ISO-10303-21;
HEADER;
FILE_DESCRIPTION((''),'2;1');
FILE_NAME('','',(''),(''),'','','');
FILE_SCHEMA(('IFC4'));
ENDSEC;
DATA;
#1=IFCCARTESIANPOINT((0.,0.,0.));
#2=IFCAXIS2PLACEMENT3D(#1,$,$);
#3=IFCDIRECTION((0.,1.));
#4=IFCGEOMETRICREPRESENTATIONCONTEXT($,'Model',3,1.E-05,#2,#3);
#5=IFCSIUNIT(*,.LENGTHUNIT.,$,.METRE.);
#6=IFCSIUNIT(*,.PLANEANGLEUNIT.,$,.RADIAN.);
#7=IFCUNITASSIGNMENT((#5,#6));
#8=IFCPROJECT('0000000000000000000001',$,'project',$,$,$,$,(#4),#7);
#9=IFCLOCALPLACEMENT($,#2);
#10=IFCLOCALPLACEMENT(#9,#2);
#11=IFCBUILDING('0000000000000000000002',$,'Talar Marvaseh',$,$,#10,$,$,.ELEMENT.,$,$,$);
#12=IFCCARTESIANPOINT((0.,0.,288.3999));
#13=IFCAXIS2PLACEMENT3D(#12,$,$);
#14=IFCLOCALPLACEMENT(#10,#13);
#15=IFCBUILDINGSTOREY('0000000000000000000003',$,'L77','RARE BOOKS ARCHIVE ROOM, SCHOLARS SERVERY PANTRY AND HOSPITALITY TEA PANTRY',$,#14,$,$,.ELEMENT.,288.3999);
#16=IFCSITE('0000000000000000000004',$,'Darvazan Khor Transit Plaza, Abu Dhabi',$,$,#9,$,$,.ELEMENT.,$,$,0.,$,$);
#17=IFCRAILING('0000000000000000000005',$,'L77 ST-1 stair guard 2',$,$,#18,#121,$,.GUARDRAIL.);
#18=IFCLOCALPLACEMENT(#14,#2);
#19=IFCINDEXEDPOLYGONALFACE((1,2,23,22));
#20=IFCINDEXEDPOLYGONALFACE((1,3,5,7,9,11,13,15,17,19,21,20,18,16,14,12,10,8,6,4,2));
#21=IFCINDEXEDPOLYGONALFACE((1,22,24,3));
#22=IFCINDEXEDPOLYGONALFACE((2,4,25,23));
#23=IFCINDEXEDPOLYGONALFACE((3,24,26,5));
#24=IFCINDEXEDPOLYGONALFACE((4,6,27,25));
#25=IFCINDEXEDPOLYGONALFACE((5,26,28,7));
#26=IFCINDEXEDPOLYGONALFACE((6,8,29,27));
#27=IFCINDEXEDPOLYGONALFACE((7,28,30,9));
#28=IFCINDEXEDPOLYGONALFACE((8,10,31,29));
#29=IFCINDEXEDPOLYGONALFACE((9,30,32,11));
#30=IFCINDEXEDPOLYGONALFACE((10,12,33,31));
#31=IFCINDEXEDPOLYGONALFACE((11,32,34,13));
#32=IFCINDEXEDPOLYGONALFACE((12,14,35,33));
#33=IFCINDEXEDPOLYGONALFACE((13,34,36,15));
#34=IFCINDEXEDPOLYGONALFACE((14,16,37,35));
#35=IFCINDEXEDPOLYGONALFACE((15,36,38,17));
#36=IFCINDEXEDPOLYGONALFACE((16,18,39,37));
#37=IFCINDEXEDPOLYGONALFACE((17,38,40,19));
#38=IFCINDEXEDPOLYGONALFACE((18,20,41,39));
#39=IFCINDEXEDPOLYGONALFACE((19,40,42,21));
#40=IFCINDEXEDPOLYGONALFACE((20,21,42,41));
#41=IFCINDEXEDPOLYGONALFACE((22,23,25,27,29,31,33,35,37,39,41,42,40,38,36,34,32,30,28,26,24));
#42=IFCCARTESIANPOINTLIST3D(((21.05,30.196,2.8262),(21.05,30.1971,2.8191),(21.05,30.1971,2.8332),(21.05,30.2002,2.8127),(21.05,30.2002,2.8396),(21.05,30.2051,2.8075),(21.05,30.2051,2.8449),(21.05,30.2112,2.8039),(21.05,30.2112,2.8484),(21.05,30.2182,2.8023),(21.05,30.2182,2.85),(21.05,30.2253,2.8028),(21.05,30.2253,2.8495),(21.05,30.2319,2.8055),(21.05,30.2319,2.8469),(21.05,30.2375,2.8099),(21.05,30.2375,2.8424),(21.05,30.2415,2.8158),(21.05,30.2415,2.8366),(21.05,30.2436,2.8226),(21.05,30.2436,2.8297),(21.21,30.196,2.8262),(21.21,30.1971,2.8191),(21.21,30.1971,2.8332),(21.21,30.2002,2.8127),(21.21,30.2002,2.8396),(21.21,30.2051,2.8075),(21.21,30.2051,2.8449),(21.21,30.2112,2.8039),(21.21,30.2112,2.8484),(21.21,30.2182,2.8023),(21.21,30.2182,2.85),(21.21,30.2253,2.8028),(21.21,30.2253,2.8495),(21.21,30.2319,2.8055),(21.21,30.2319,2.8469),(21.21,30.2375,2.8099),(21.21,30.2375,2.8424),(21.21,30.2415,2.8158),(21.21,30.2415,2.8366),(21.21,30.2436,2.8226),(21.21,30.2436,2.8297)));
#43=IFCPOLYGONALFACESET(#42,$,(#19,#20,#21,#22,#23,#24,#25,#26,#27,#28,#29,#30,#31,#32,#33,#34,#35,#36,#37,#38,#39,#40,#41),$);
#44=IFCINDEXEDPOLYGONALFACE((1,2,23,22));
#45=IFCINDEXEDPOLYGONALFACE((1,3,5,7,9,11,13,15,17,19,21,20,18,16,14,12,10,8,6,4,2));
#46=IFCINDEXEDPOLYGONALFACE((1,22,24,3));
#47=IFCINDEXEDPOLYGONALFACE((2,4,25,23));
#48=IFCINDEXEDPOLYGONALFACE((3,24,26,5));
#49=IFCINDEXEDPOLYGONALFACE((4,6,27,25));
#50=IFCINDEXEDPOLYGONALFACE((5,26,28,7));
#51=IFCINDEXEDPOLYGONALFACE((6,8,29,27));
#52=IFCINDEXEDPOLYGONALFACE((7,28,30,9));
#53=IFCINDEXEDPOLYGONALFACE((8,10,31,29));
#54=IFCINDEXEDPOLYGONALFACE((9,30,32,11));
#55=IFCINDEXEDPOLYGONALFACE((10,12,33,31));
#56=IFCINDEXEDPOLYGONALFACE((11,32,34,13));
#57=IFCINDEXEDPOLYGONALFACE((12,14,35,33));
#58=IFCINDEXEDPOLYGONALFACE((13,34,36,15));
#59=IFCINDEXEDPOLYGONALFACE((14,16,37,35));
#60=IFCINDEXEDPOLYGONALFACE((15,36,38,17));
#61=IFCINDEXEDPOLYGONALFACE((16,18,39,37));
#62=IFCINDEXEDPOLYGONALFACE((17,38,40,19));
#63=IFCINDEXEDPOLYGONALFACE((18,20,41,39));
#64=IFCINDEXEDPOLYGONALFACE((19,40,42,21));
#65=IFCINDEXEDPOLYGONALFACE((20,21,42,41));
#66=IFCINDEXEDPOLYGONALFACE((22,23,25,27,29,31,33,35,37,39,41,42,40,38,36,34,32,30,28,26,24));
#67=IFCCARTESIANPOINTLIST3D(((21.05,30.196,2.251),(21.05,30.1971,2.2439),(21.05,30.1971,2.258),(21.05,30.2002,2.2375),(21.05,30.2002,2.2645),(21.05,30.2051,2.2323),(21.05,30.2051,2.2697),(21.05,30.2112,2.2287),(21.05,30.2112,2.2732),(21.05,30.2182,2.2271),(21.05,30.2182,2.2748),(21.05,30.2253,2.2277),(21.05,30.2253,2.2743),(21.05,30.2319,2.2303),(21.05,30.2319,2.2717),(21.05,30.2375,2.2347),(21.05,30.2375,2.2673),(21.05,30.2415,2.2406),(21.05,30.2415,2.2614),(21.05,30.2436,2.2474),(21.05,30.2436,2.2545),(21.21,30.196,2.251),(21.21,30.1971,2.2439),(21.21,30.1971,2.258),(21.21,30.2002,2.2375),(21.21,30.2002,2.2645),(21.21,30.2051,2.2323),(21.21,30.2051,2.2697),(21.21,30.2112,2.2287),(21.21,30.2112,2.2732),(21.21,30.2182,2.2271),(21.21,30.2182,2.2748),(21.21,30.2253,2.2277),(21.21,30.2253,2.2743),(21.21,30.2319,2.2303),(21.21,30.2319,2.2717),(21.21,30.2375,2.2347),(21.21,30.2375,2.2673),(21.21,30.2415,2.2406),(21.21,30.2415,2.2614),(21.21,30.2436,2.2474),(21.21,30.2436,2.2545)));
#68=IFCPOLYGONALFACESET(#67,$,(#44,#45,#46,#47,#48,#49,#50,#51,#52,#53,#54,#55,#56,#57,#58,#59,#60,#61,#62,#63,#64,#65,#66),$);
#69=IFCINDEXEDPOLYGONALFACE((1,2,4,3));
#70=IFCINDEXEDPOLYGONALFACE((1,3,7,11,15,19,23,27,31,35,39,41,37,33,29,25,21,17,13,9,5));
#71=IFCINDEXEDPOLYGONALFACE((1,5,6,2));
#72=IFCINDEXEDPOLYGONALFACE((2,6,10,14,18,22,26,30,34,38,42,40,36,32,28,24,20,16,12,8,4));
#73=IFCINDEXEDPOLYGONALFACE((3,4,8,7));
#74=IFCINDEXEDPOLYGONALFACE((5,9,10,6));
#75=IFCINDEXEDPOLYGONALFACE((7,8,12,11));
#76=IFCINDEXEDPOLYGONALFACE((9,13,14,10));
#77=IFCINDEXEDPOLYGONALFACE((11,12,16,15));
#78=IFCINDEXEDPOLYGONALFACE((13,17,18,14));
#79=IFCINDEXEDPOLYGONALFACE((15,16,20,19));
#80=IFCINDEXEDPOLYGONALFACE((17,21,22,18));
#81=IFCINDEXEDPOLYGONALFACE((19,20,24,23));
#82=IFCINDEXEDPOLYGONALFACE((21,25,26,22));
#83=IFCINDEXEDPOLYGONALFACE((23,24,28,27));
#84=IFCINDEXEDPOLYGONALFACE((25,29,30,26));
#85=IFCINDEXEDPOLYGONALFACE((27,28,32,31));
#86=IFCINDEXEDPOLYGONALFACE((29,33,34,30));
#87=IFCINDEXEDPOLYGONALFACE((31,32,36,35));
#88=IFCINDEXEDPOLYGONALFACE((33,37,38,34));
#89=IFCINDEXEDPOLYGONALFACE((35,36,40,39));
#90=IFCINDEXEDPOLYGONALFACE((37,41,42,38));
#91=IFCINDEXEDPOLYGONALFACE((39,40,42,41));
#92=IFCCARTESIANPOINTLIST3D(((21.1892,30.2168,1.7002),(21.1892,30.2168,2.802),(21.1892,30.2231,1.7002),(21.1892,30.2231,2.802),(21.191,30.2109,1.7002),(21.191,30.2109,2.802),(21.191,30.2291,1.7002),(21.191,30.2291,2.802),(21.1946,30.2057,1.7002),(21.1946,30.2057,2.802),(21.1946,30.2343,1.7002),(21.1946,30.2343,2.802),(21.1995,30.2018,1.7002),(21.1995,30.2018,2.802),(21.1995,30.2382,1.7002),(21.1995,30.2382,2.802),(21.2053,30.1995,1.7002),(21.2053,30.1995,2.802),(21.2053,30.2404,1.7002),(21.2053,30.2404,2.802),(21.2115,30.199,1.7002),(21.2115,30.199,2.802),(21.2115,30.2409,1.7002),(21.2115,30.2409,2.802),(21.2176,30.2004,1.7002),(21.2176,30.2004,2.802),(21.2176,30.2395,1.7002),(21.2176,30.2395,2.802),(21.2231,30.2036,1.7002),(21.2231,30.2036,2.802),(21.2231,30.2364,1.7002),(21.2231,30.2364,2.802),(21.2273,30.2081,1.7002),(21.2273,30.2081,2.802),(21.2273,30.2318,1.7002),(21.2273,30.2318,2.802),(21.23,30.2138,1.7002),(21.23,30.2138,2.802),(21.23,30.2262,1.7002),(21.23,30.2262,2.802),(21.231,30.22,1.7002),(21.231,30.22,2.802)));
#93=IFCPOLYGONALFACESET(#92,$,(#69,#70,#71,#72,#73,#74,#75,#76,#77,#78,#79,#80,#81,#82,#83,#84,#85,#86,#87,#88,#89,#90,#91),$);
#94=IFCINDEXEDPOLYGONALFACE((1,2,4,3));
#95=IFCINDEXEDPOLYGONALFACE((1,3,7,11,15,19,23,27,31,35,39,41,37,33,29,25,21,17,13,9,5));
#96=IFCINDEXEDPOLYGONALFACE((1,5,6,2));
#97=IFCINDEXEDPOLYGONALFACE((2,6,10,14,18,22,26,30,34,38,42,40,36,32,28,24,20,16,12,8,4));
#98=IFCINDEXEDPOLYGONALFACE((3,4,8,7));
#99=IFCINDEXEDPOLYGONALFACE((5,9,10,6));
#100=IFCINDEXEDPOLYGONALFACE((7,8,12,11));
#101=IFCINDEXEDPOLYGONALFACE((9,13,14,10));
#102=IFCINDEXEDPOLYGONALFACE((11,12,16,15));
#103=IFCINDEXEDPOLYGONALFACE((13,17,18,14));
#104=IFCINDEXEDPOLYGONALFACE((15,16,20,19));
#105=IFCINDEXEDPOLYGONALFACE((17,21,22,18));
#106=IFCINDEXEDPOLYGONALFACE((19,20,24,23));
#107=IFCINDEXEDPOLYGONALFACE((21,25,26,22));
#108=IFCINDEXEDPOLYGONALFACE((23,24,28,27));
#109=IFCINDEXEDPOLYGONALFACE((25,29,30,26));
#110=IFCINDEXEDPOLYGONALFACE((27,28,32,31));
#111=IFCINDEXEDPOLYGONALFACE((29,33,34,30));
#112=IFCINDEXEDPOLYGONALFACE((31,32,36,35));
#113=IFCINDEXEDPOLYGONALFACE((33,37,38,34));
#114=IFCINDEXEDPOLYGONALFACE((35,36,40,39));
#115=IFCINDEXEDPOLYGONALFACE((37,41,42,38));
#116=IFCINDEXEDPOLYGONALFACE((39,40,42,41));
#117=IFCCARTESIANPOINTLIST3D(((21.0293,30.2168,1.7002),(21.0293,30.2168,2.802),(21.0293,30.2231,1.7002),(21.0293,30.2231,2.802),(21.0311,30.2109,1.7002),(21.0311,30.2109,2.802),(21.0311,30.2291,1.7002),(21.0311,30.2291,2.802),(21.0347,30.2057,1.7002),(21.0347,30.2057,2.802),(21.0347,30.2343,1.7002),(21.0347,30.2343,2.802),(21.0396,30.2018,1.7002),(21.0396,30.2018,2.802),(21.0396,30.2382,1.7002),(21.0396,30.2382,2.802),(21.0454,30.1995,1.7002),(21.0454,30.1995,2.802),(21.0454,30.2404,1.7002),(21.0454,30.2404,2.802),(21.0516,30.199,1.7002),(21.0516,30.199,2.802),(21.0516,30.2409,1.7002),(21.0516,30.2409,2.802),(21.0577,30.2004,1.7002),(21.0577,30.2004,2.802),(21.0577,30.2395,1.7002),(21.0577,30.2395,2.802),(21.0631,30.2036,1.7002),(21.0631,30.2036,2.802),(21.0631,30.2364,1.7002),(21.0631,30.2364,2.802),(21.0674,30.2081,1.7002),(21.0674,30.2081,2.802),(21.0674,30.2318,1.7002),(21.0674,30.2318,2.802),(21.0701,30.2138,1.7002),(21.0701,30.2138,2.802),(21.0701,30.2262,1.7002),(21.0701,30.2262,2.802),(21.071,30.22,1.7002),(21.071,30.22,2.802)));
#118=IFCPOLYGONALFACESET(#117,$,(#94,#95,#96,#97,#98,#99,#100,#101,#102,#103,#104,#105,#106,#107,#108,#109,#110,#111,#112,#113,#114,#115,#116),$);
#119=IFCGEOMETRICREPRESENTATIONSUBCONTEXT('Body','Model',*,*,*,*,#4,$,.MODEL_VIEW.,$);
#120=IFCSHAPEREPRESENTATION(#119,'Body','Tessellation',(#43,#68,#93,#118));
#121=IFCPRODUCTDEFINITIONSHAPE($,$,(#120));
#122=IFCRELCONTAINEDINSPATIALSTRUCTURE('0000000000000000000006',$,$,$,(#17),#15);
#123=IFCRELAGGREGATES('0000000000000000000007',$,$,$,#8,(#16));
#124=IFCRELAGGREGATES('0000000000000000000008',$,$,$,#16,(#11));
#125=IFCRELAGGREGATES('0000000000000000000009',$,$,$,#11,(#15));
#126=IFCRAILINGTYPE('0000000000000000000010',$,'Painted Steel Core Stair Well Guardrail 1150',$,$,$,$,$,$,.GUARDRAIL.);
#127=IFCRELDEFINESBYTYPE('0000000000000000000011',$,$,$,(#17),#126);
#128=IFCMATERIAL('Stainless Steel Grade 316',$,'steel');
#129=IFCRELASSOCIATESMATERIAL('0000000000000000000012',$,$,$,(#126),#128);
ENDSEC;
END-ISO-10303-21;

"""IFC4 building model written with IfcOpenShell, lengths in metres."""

from ifc_helpers import new_model, si_unit, direction, frame, origin, origin_2d, place, context, subcontext, project, spatial, circle, extrude, material, type_object, element, save


model = new_model("IFC4")

# Units and contexts
model_context = context("Model", 3, precision=1e-05, world=origin(), true_north=direction((0.0, 1.0)))
body_context = subcontext(model_context, "Body", "Model", "MODEL_VIEW")
ifc_project = project(units=[si_unit("LENGTHUNIT", "METRE"), si_unit("PLANEANGLEUNIT", "RADIAN")], contexts=[model_context])

# Site, building, storey
site_placement = place(None, origin())
site = spatial("IfcSite", under=ifc_project, at=site_placement, Name="Darvazan Khor Transit Plaza, Abu Dhabi", CompositionType="ELEMENT", RefElevation=0.0)
building_placement = place(site_placement, origin())
building = spatial("IfcBuilding", under=site, at=building_placement, Name="Talar Marvaseh", CompositionType="ELEMENT")
storey_placement = place(building_placement, frame((0.0, 0.0, 288.3999)))
storey = spatial("IfcBuildingStorey", under=building, at=storey_placement, Name="L77", Description="RARE BOOKS ARCHIVE ROOM, SCHOLARS SERVERY PANTRY AND HOSPITALITY TEA PANTRY", CompositionType="ELEMENT", Elevation=288.3999)

# Railing
ifc_material_1 = material(Name="Stainless Steel Grade 316", Category="steel")
railing_type_1 = type_object("IfcRailingType", Name="Painted Steel Core Stair Well Guardrail 1150", PredefinedType="GUARDRAIL", material=ifc_material_1)
railing_1_placement = place(storey_placement, frame((21.21, 30.22, 1.7002)))
element("IfcRailing", 1, at=railing_1_placement, inside=storey, type_object=railing_type_1, Name="L77 ST-1 stair guard 2", PredefinedType="GUARDRAIL", context=body_context, shape_type="SweptSolid", body=[
    extrude(circle(Radius=0.0239, at=origin_2d()), frame((0.0, 0.0, 1.126), z_axis=(-1.0, 0.0, 0.0), x_axis=(0.0, -1.0, 0.0)), (0.0, 0.0, 1.0), 0.1599),
    extrude(circle(Radius=0.0239, at=origin_2d()), frame((0.0, 0.0, 0.5508), z_axis=(-1.0, 0.0, 0.0), x_axis=(0.0, -1.0, 0.0)), (0.0, 0.0, 1.0), 0.1599),
    extrude(circle(Radius=0.021, at=origin_2d()), origin(), (0.0, 0.0, 1.0), 1.1018),
    extrude(circle(Radius=0.021, at=origin_2d()), frame((-0.1599, 0.0, 0.0)), (0.0, 0.0, 1.0), 1.1018),
])

save(model, "model.ifc")
